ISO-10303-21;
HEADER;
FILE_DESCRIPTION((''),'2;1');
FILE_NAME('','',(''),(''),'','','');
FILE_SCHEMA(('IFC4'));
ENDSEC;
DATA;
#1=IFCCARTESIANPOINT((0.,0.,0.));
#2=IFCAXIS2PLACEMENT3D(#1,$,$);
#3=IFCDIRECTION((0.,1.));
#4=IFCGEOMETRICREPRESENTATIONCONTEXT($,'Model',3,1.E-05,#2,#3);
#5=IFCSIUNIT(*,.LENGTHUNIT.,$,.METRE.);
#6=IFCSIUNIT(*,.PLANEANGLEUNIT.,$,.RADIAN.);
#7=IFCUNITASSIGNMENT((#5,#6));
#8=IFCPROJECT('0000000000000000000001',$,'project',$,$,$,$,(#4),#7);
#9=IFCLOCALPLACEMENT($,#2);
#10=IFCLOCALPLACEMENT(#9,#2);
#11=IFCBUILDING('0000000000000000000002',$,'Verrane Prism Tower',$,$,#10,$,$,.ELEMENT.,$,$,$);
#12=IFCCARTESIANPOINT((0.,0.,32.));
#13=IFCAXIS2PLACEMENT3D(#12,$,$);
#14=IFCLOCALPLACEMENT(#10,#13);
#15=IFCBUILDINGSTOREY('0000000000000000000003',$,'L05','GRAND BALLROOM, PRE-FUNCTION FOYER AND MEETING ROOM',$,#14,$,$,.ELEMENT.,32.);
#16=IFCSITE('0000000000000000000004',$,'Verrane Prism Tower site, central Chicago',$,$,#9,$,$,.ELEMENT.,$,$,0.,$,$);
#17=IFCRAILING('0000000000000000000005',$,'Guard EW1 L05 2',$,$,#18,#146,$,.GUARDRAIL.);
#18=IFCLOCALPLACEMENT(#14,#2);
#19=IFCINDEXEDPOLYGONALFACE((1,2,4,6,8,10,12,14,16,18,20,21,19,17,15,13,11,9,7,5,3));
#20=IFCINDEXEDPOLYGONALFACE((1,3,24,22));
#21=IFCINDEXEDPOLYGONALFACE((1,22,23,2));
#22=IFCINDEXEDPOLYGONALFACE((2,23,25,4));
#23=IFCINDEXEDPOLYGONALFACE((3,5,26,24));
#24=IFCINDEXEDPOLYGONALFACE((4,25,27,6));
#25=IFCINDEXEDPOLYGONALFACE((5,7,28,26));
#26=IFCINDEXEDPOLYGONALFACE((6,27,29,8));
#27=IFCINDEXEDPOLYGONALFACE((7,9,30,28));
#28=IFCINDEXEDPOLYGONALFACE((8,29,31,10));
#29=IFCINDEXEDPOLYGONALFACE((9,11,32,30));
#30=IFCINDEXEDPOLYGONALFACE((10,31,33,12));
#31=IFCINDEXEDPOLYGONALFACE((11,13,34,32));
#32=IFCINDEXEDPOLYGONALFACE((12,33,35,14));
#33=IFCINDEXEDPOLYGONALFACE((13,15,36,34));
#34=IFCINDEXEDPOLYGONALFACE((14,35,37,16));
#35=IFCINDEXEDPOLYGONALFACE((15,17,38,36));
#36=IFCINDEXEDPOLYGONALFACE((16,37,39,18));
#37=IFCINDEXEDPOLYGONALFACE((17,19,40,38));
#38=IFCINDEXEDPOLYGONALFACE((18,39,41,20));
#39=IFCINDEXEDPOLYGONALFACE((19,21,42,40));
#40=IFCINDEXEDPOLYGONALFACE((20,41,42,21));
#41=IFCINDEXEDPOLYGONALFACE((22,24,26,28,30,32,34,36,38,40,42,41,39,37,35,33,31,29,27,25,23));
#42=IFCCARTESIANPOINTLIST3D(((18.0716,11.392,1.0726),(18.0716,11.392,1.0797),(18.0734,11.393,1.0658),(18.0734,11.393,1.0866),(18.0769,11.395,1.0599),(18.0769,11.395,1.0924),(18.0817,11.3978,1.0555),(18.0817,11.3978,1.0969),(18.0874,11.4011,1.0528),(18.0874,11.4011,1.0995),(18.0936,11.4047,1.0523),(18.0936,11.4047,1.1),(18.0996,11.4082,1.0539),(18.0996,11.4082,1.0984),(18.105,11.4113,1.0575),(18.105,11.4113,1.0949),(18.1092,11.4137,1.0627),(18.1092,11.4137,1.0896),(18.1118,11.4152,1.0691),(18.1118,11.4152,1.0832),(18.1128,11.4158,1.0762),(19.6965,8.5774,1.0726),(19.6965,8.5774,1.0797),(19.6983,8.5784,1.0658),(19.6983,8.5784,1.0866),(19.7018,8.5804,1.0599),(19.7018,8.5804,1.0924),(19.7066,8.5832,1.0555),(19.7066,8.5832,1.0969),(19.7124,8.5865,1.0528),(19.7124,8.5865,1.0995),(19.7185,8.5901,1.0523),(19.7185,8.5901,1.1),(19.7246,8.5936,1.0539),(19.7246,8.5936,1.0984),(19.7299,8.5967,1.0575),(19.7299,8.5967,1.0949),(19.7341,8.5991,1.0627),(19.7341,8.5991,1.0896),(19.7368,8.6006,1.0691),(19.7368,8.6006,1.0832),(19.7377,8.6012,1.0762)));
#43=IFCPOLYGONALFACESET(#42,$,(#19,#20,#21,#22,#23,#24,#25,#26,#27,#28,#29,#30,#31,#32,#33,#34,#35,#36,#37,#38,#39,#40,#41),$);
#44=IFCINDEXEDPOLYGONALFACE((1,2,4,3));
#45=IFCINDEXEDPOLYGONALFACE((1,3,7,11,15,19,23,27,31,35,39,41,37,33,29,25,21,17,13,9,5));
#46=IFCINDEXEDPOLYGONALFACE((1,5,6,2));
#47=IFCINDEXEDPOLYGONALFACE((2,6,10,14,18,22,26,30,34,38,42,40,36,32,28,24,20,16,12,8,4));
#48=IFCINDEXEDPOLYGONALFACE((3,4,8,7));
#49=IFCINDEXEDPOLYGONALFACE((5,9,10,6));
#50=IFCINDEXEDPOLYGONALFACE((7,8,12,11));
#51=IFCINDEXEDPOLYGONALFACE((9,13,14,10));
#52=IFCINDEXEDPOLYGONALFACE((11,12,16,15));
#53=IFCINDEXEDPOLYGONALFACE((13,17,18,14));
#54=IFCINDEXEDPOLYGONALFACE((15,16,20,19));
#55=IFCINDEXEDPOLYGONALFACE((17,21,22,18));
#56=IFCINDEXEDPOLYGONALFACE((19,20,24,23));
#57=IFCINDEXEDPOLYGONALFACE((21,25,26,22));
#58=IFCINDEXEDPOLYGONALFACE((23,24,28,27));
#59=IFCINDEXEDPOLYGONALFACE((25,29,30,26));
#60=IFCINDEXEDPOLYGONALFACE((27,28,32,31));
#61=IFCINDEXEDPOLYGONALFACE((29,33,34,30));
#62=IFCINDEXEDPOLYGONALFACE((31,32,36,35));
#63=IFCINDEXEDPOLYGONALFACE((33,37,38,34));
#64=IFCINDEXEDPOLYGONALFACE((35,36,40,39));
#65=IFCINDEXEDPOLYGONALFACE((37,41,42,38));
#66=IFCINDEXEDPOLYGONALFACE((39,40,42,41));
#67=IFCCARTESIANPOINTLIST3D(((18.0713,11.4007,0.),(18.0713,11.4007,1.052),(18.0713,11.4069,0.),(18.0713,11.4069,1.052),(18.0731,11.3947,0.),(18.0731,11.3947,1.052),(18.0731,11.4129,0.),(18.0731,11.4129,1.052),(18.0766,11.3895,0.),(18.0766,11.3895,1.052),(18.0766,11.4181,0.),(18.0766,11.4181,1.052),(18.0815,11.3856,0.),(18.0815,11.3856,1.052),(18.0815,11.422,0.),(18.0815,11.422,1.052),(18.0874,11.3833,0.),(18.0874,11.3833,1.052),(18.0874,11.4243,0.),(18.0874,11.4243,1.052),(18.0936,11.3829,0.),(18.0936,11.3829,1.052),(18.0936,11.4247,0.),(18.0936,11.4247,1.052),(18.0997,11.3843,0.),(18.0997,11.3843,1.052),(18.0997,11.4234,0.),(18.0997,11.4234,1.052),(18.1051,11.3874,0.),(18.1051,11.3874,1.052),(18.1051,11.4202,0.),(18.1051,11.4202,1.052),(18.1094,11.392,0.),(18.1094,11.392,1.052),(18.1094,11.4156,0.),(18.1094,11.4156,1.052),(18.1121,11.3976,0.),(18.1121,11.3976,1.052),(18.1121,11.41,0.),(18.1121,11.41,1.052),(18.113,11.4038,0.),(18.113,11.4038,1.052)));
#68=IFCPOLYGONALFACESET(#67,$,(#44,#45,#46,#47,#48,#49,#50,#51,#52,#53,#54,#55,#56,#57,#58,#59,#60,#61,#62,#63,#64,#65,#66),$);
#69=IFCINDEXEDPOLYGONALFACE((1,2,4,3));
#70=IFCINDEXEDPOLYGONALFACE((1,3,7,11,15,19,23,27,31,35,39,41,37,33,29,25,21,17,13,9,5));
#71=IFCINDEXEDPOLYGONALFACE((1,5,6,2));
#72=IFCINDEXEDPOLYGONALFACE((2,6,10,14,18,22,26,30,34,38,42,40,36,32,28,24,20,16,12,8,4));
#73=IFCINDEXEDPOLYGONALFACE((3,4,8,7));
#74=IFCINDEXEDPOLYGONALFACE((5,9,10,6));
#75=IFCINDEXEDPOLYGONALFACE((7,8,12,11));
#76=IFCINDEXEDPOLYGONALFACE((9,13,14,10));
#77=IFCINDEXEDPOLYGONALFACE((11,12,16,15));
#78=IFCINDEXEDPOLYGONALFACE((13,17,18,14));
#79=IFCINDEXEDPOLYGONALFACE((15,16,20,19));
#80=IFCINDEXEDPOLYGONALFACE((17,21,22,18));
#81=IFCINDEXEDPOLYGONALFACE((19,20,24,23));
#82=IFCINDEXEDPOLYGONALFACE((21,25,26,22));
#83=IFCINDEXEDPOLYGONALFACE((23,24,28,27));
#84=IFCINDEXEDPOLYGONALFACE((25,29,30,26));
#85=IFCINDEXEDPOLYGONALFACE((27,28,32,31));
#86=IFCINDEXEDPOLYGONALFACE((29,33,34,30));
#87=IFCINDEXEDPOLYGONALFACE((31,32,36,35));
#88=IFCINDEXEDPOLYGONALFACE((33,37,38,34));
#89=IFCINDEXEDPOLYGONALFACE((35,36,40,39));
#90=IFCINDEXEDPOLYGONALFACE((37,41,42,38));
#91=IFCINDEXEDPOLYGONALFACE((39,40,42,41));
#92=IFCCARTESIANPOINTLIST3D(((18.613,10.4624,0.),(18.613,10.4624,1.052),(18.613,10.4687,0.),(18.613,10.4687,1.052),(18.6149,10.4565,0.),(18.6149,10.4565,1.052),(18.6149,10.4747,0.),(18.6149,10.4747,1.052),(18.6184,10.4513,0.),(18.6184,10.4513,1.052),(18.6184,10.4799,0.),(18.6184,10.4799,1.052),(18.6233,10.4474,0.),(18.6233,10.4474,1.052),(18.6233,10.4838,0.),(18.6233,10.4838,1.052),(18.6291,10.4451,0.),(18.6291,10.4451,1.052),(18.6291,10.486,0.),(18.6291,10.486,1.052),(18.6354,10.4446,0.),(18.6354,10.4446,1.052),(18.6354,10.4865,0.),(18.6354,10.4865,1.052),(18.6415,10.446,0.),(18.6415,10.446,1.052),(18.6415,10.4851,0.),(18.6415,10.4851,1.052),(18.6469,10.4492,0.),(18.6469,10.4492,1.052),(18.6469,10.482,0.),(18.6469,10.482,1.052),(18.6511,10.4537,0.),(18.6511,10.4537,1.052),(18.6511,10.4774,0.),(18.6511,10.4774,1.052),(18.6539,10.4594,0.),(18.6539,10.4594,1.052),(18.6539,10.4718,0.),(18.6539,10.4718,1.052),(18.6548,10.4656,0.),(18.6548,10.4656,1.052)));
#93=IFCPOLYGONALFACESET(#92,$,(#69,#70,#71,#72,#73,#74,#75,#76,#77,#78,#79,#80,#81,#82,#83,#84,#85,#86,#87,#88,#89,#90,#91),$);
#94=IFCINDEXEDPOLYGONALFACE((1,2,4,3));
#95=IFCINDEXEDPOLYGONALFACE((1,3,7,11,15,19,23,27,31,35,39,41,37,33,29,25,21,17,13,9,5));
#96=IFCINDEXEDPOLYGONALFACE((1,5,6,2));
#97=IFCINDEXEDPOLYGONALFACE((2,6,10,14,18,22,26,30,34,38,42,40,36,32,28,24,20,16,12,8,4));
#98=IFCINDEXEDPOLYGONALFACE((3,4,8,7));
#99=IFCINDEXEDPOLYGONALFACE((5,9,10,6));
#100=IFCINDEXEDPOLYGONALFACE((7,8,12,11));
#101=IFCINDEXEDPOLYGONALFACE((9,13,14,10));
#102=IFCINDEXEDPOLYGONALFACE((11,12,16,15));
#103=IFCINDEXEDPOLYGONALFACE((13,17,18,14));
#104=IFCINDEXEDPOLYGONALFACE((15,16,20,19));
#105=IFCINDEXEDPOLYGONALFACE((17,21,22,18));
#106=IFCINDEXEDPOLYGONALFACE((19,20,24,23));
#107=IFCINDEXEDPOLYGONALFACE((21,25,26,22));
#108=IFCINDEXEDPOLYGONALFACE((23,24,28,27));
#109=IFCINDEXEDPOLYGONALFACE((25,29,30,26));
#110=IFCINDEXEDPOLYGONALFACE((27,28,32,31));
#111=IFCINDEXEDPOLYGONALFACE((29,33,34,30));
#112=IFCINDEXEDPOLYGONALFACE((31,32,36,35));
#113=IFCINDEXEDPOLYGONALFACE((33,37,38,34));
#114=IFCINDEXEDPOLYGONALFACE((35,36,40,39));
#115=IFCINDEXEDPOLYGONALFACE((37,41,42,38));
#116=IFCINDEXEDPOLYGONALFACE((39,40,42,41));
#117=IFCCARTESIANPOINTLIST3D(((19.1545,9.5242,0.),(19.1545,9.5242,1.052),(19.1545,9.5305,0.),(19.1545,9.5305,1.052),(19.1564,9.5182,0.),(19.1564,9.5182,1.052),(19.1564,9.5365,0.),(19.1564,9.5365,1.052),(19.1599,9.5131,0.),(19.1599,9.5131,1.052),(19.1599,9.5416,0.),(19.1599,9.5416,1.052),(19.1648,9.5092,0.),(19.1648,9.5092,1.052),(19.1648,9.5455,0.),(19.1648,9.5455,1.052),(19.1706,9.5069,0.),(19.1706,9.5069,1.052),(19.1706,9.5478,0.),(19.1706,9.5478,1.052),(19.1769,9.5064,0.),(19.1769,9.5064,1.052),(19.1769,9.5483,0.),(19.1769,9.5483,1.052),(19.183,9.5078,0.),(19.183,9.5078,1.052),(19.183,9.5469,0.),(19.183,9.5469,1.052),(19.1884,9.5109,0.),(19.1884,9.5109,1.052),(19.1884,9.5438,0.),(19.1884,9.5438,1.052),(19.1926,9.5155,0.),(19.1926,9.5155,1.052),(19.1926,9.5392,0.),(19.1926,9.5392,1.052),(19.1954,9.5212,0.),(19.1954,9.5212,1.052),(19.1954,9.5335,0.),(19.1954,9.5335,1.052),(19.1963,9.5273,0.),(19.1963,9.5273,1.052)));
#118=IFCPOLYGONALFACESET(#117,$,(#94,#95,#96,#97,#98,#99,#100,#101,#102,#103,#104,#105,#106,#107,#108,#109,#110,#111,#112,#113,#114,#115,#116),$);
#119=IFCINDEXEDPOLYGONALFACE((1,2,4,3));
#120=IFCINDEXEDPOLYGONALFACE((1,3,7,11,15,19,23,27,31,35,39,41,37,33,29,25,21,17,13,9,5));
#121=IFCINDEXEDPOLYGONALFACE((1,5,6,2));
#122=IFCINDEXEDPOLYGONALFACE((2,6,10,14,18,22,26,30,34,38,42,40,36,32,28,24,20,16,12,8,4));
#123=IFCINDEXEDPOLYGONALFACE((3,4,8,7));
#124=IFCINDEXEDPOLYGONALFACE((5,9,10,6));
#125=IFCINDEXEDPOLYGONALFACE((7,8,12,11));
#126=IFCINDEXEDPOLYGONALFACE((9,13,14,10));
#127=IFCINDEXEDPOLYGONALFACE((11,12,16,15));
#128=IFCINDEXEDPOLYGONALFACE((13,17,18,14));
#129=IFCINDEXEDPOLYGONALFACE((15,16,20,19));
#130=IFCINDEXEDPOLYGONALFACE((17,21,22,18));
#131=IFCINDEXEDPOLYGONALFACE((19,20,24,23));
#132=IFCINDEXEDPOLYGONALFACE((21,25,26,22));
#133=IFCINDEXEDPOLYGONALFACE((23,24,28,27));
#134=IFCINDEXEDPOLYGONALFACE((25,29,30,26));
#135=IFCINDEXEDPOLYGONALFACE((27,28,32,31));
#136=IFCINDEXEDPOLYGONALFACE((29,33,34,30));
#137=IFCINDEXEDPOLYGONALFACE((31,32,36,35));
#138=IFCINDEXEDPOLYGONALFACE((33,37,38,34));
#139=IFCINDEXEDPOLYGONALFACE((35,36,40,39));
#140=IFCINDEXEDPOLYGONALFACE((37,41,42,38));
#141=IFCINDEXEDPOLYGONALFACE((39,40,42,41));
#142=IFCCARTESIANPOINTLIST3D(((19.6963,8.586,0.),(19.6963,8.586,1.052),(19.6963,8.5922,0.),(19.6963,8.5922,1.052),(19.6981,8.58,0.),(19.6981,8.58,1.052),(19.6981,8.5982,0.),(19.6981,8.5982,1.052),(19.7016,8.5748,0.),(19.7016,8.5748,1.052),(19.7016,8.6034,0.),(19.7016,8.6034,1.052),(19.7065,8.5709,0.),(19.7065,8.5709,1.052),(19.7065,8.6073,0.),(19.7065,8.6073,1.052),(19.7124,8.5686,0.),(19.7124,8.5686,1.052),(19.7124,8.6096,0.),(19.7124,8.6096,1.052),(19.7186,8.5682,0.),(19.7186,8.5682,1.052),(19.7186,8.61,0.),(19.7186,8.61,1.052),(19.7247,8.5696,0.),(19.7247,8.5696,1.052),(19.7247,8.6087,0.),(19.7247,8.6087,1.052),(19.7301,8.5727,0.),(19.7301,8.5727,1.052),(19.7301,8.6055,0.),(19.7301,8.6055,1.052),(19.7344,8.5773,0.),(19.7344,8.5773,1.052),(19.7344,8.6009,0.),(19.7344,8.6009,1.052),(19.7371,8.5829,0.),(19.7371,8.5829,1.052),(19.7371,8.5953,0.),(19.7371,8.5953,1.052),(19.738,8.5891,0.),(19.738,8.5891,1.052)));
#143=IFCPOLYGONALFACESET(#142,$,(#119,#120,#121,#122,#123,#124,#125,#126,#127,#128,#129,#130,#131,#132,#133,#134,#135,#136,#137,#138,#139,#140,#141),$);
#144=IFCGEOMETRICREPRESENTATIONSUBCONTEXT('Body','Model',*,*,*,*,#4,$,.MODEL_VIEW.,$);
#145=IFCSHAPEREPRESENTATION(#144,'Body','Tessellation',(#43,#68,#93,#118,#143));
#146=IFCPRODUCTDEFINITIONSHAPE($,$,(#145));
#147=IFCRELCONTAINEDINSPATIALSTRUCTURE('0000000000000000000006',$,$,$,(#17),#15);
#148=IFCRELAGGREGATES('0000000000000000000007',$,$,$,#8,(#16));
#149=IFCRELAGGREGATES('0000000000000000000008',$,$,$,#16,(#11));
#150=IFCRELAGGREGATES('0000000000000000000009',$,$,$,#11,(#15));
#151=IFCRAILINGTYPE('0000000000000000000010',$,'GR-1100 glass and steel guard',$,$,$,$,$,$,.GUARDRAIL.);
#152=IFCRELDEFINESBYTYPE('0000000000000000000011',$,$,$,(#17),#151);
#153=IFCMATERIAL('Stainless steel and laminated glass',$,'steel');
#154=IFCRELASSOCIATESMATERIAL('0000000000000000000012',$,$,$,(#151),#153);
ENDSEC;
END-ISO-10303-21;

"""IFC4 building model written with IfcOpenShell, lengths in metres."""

from ifc_helpers import new_model, si_unit, direction, frame, origin, origin_2d, place, context, subcontext, project, spatial, circle, extrude, material, type_object, element, save


model = new_model("IFC4")

# Units and contexts
model_context = context("Model", 3, precision=1e-05, world=origin(), true_north=direction((0.0, 1.0)))
body_context = subcontext(model_context, "Body", "Model", "MODEL_VIEW")
ifc_project = project(units=[si_unit("LENGTHUNIT", "METRE"), si_unit("PLANEANGLEUNIT", "RADIAN")], contexts=[model_context])

# Site, building, storey
site_placement = place(None, origin())
site = spatial("IfcSite", under=ifc_project, at=site_placement, Name="Verrane Prism Tower site, central Chicago", CompositionType="ELEMENT", RefElevation=0.0)
building_placement = place(site_placement, origin())
building = spatial("IfcBuilding", under=site, at=building_placement, Name="Verrane Prism Tower", CompositionType="ELEMENT")
storey_placement = place(building_placement, frame((0.0, 0.0, 32.0)))
storey = spatial("IfcBuildingStorey", under=building, at=storey_placement, Name="L05", Description="GRAND BALLROOM, PRE-FUNCTION FOYER AND MEETING ROOM", CompositionType="ELEMENT", Elevation=32.0)

# Railing
ifc_material_1 = material(Name="Stainless steel and laminated glass", Category="steel")
railing_type = type_object("IfcRailingType", Name="GR-1100 glass and steel guard", PredefinedType="GUARDRAIL", material=ifc_material_1)
railing_1_placement = place(storey_placement, frame((18.092, 11.4038, 0.0)))
element("IfcRailing", 1, at=railing_1_placement, inside=storey, type_object=railing_type, Name="Guard EW1 L05 2", PredefinedType="GUARDRAIL", context=body_context, shape_type="SweptSolid", body=[
    extrude(circle(Radius=0.0239, at=origin_2d()), frame((0.0, 0.0, 1.0762), z_axis=(0.499985, -0.866034, 0.0), x_axis=(0.866034, 0.499985, 0.0)), (0.0, 0.0, 1.0), 3.25),
    extrude(circle(Radius=0.021, at=origin_2d()), origin(), (0.0, 0.0, 1.0), 1.052),
    extrude(circle(Radius=0.021, at=origin_2d()), frame((0.5417, -0.9382, 0.0)), (0.0, 0.0, 1.0), 1.052),
    extrude(circle(Radius=0.021, at=origin_2d()), frame((1.0833, -1.8765, 0.0)), (0.0, 0.0, 1.0), 1.052),
    extrude(circle(Radius=0.021, at=origin_2d()), frame((1.625, -2.8147, 0.0)), (0.0, 0.0, 1.0), 1.052),
])

save(model, "model.ifc")
